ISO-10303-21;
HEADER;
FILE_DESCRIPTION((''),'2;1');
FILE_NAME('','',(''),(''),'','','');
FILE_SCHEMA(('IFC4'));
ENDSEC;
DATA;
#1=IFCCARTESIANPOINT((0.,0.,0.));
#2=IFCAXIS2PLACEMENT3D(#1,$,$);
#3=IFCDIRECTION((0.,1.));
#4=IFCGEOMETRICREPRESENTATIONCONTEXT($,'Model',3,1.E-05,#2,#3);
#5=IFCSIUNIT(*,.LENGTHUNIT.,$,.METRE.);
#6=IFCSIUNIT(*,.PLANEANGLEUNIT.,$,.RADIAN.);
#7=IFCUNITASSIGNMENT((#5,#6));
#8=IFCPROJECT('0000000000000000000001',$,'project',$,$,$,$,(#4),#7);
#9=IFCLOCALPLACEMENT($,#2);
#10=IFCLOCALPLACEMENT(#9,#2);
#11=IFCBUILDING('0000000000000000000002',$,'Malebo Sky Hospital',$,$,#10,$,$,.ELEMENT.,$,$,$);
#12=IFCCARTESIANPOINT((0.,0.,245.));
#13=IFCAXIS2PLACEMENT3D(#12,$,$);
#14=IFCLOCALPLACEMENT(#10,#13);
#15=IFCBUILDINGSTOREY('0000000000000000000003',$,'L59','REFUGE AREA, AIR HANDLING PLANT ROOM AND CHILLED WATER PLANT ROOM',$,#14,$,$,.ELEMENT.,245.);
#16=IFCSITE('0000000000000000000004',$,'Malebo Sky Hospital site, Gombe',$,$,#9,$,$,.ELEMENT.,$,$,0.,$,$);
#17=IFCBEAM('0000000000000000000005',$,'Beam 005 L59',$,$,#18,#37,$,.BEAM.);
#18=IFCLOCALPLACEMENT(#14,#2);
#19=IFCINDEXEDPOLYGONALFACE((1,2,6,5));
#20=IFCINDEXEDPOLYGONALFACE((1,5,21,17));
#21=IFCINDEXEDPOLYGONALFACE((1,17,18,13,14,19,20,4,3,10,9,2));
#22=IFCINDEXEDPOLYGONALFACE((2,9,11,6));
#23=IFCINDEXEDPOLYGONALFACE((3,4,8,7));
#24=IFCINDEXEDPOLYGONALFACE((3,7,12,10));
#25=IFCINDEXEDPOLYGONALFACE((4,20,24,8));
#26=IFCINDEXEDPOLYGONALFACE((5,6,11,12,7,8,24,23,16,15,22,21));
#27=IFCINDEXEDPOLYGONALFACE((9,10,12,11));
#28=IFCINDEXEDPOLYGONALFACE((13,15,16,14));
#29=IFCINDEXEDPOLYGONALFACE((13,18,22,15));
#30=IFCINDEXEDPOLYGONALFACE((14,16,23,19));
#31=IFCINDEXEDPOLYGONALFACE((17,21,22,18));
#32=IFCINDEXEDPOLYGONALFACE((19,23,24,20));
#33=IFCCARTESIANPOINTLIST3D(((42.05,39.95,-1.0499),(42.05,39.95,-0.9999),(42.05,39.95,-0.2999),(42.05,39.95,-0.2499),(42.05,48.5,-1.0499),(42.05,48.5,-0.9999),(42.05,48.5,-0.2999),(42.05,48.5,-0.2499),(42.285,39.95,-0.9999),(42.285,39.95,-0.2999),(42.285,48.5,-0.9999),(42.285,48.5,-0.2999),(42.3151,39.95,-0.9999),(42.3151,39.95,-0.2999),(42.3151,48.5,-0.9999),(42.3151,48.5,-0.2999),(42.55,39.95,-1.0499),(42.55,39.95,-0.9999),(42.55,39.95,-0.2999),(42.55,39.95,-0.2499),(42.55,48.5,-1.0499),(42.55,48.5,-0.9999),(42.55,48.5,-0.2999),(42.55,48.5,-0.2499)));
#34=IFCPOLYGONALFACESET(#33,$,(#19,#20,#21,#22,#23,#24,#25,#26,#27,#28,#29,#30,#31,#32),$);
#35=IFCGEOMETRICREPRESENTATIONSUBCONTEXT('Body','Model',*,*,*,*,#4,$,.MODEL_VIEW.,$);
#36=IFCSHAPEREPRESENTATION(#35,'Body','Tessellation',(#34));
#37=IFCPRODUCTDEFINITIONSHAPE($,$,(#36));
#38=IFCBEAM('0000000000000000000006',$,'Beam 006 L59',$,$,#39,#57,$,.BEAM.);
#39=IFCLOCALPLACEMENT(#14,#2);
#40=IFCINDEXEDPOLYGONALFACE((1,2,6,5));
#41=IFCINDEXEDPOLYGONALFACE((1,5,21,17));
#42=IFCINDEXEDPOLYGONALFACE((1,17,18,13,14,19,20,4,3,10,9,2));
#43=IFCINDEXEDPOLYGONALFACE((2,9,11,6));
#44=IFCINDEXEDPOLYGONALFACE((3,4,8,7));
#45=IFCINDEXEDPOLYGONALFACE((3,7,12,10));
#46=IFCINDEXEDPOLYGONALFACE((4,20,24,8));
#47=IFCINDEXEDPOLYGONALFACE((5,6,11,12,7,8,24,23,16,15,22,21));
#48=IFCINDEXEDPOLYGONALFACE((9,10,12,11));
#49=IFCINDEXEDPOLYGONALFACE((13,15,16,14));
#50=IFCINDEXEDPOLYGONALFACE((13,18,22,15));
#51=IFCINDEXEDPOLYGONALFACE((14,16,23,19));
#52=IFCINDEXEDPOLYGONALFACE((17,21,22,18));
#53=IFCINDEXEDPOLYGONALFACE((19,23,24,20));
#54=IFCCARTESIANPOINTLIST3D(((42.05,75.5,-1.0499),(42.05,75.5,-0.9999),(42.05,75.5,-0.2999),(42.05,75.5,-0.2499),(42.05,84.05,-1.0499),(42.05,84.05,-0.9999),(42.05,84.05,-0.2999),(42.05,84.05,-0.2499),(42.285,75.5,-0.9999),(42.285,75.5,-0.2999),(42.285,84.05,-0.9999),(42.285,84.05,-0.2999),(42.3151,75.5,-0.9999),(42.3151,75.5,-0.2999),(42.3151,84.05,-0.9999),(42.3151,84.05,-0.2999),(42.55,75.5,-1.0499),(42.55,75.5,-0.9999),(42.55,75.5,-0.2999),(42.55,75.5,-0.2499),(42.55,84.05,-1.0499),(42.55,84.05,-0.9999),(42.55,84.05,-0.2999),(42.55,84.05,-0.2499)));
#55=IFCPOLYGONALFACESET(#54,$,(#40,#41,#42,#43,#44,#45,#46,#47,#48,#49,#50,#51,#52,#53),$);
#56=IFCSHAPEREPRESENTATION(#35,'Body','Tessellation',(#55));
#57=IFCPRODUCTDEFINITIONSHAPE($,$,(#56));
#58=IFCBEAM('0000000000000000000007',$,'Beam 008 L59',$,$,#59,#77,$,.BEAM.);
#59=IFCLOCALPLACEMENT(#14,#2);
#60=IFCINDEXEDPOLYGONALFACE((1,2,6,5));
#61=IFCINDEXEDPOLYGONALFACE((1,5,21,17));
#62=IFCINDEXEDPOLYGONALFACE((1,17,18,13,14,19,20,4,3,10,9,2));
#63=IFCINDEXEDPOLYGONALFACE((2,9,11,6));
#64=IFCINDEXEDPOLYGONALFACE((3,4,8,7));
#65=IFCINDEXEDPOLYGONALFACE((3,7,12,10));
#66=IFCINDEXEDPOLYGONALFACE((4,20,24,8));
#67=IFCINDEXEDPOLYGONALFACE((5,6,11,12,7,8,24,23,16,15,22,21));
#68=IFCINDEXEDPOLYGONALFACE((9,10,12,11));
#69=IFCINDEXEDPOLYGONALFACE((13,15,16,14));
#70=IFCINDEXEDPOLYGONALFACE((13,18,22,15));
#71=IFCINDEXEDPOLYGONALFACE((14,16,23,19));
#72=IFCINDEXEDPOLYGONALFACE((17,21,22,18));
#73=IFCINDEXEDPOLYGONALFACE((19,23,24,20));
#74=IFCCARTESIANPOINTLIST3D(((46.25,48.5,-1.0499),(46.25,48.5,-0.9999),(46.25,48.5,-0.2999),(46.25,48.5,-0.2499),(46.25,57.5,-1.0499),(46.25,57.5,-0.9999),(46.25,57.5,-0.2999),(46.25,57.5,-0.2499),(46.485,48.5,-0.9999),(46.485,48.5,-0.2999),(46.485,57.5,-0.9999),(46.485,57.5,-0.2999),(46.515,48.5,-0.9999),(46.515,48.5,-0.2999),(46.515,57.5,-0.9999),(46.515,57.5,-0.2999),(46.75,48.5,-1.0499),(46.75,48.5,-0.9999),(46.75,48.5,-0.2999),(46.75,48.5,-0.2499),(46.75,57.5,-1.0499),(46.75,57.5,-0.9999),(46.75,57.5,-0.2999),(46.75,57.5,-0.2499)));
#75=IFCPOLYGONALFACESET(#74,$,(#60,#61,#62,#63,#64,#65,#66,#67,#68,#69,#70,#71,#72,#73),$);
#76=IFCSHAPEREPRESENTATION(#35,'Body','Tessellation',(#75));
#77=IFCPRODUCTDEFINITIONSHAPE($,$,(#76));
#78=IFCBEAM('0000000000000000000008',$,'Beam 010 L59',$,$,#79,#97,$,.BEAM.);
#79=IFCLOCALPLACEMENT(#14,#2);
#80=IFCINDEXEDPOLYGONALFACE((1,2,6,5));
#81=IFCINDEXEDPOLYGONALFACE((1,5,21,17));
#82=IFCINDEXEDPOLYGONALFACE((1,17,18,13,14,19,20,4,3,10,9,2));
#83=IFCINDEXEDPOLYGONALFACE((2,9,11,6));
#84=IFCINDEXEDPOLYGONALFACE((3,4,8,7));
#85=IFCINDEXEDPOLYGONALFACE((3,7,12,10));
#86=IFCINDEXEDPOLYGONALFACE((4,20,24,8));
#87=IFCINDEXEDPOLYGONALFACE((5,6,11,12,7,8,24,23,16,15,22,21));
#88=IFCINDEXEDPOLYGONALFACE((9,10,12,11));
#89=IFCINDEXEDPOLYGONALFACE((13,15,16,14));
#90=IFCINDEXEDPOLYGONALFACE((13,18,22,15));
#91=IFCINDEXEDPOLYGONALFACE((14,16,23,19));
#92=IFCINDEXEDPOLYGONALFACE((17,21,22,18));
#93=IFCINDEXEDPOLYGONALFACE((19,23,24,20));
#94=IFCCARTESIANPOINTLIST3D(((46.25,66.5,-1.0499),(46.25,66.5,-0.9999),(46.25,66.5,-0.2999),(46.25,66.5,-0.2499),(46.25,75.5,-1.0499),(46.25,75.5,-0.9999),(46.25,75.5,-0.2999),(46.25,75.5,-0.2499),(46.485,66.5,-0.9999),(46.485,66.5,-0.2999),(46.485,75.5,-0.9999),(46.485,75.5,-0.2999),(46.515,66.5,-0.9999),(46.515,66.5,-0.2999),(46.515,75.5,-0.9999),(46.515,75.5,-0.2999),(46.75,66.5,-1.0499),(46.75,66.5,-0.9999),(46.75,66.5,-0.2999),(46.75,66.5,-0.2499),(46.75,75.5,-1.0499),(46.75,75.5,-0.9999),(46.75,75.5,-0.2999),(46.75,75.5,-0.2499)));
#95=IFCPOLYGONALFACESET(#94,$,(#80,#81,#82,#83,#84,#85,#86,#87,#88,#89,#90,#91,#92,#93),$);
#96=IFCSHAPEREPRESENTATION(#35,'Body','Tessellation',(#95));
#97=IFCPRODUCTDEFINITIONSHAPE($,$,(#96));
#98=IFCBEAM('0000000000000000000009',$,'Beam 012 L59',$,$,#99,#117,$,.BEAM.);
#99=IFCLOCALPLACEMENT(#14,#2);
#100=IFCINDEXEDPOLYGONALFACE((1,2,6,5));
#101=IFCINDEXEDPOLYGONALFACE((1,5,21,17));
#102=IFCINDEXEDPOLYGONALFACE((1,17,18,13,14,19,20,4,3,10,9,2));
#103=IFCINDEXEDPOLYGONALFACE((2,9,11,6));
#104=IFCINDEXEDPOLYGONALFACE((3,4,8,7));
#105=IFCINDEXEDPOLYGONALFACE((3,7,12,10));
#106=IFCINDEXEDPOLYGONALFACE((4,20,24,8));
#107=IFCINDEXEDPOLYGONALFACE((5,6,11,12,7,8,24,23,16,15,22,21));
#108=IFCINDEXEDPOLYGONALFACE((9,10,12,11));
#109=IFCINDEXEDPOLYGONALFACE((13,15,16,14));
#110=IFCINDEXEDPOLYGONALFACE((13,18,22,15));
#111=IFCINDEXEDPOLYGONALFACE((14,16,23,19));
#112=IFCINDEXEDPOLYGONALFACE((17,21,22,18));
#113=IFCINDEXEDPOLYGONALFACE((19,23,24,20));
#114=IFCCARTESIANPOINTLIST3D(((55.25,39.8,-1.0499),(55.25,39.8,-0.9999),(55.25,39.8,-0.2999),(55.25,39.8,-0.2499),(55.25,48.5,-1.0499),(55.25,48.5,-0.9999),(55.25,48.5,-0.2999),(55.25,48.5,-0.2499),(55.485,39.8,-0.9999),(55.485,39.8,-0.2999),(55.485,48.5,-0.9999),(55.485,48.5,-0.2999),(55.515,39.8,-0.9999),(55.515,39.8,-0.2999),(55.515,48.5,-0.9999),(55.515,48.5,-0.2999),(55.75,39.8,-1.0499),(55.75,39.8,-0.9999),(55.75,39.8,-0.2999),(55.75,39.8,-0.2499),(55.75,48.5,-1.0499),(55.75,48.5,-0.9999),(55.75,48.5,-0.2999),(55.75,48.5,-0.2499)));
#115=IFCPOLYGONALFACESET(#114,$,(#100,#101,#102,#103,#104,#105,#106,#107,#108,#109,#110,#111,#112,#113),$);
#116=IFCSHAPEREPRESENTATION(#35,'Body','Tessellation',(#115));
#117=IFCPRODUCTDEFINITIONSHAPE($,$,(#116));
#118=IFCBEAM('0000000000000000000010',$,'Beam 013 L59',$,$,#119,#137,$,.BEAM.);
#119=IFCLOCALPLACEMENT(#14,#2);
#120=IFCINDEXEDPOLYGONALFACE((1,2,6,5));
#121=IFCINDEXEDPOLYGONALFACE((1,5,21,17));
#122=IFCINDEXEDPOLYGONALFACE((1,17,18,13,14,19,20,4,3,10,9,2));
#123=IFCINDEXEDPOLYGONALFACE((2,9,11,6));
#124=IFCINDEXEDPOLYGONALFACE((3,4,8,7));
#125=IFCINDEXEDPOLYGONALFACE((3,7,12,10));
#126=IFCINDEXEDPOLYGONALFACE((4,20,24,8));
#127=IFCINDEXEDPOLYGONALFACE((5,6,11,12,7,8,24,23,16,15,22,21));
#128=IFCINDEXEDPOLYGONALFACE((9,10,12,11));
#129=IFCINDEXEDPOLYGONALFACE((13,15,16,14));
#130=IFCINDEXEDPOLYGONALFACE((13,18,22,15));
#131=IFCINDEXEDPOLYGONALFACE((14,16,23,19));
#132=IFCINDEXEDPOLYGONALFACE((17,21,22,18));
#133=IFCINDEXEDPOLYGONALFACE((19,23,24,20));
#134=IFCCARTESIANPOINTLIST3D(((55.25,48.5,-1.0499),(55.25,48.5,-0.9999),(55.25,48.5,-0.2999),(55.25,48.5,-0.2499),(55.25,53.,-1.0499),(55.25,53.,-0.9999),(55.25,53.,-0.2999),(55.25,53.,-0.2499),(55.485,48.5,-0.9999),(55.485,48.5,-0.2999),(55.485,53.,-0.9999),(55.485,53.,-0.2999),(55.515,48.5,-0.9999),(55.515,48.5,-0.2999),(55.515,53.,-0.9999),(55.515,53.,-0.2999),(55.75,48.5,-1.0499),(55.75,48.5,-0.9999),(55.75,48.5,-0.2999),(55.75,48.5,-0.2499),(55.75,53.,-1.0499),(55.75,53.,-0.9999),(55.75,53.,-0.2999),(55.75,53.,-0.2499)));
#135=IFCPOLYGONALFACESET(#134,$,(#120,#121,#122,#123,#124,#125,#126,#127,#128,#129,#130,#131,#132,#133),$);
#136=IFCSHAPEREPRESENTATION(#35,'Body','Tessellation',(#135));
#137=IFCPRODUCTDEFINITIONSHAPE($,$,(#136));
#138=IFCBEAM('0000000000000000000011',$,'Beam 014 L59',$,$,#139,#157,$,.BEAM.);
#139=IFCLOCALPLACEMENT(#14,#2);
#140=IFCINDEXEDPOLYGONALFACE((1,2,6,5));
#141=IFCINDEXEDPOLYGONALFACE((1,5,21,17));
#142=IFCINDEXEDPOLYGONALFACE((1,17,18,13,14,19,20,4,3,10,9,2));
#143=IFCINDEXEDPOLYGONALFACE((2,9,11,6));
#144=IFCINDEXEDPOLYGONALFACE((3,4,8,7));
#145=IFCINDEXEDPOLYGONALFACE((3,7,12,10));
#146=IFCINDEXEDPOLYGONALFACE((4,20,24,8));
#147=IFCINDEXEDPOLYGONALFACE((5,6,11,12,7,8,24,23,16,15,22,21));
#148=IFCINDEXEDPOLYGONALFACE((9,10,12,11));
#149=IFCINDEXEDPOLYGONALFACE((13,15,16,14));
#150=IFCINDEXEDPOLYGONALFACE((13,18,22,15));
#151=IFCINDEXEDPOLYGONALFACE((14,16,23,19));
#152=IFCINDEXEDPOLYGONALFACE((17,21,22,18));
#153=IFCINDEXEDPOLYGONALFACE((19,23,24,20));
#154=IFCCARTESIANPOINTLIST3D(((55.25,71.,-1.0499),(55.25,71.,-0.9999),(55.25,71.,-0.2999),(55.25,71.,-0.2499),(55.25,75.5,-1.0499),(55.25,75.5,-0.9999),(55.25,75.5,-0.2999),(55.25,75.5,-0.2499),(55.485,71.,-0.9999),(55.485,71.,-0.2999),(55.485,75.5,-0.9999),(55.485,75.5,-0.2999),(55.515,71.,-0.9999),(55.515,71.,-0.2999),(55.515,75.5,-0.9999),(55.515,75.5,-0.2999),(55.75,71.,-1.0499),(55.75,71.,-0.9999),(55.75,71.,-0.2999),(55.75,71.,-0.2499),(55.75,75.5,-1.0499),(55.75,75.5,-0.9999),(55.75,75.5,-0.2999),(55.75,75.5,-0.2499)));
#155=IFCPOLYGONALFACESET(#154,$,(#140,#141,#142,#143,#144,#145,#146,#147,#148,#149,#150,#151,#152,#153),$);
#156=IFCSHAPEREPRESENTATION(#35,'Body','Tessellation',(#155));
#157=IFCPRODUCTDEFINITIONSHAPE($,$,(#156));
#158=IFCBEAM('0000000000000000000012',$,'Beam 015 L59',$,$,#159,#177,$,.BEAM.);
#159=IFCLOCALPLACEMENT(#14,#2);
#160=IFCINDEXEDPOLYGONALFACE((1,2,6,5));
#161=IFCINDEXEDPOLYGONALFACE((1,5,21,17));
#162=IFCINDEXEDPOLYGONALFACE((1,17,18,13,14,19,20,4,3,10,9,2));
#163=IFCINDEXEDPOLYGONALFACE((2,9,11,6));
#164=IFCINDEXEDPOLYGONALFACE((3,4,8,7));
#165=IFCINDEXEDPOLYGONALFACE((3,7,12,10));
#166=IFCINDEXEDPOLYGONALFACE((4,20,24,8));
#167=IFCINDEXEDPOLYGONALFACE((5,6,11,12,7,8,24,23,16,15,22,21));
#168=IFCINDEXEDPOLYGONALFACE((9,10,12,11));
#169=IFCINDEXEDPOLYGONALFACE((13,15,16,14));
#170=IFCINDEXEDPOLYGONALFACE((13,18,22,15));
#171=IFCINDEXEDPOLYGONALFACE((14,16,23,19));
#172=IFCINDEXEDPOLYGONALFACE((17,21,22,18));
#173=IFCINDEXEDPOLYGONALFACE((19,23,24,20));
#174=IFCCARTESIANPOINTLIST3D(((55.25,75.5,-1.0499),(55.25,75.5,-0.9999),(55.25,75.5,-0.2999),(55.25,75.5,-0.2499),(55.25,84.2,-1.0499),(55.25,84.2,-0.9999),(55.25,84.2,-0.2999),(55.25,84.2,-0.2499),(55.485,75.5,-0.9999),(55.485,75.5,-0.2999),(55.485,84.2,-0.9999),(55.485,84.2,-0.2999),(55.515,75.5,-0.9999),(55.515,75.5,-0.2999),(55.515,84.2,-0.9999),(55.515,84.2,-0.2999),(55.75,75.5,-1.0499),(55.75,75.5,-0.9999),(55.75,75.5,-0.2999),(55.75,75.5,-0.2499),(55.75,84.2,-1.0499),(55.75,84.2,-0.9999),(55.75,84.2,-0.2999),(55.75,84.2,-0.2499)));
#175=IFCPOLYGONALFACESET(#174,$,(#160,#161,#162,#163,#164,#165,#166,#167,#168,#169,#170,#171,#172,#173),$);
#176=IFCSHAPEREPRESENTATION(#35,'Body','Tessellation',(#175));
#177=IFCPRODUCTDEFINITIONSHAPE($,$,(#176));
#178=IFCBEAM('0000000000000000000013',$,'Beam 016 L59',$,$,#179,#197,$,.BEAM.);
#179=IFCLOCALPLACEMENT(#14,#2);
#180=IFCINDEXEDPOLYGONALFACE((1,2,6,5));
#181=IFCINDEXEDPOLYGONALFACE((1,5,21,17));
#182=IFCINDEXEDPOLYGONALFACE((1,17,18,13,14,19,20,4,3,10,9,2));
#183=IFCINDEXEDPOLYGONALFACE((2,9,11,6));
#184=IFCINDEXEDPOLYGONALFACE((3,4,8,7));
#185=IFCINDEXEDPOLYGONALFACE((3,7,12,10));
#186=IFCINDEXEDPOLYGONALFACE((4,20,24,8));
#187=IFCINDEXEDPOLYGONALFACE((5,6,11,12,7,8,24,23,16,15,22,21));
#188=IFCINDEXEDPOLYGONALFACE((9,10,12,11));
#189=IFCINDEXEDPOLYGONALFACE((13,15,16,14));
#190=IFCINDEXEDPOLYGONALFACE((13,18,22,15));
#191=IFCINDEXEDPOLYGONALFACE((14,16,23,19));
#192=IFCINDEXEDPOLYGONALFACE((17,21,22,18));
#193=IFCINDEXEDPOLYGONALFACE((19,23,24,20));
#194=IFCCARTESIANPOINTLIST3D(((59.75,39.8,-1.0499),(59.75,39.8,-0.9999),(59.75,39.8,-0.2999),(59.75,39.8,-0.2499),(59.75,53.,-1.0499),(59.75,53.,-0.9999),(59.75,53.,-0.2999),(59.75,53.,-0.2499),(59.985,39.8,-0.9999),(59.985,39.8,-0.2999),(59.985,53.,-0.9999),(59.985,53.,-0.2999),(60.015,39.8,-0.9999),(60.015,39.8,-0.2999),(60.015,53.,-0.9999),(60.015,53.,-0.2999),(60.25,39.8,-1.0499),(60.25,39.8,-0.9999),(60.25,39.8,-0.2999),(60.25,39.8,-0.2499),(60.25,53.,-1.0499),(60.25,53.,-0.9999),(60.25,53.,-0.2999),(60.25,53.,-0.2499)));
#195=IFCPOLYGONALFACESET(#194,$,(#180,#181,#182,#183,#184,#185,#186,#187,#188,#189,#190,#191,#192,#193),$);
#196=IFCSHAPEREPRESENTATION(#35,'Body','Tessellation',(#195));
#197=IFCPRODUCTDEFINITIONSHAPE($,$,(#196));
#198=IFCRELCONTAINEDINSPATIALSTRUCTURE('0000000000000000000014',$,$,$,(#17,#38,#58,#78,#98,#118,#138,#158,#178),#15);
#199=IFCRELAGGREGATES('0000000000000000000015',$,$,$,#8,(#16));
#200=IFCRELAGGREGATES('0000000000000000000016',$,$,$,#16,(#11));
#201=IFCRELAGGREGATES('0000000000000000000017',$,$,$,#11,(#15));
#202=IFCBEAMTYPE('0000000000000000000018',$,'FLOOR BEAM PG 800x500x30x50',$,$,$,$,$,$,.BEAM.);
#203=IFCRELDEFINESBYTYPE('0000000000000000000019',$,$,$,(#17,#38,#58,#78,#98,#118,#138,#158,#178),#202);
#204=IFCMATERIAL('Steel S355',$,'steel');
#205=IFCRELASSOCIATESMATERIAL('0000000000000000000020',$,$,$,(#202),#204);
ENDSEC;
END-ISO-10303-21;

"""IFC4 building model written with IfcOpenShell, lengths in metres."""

from ifc_helpers import new_model, si_unit, direction, frame, origin, origin_2d, place, context, subcontext, project, spatial, i_section, extrude, material, material_profile, profile_set, type_object, element, save


model = new_model("IFC4")

# Units and contexts
model_context = context("Model", 3, precision=1e-05, world=origin(), true_north=direction((0.0, 1.0)))
body_context = subcontext(model_context, "Body", "Model", "MODEL_VIEW")
ifc_project = project(units=[si_unit("LENGTHUNIT", "METRE"), si_unit("PLANEANGLEUNIT", "RADIAN")], contexts=[model_context])

# Site, building, storey
site_placement = place(None, origin())
site = spatial("IfcSite", under=ifc_project, at=site_placement, Name="Malebo Sky Hospital site, Gombe", CompositionType="ELEMENT", RefElevation=0.0)
building_placement = place(site_placement, origin())
building = spatial("IfcBuilding", under=site, at=building_placement, Name="Malebo Sky Hospital", CompositionType="ELEMENT")
storey_placement = place(building_placement, frame((0.0, 0.0, 245.0)))
storey = spatial("IfcBuildingStorey", under=building, at=storey_placement, Name="L59", Description="REFUGE AREA, AIR HANDLING PLANT ROOM AND CHILLED WATER PLANT ROOM", CompositionType="ELEMENT", Elevation=245.0)

# Beams
ifc_material = material(Name="Steel S355", Category="steel")
ifc_material_profile_1 = material_profile(ifc_material, i_section(OverallWidth=0.5, OverallDepth=0.8, WebThickness=0.03, FlangeThickness=0.05, at=origin_2d()), Name="PG 800x500x30x50")
ifc_profile_set_1 = profile_set([ifc_material_profile_1], Name="Steel S355")
beam_type_1 = type_object("IfcBeamType", Name="FLOOR BEAM PG 800x500x30x50", PredefinedType="BEAM", material=ifc_profile_set_1)
for number, where, z_axis, x_axis, name in (
    (1, (42.3, 39.95, -0.6499), (0.0, 1.0, 0.0), (-1.0, 0.0, 0.0), "Beam 005 L59"),
    (2, (42.3, 75.5, -0.6499), (0.0, 1.0, 0.0), (-1.0, 0.0, 0.0), "Beam 006 L59"),
):
    element("IfcBeam", number, at=place(storey_placement, frame(where, z_axis=z_axis, x_axis=x_axis)), inside=storey, type_object=beam_type_1, Name=name, PredefinedType="BEAM", context=body_context, shape_type="SweptSolid", body=[
        extrude(i_section(OverallWidth=0.5, OverallDepth=0.8, WebThickness=0.03, FlangeThickness=0.05, at=origin_2d()), origin(), (0.0, 0.0, 1.0), 8.55),
    ])
for number, where, z_axis, x_axis, name in (
    (3, (46.5, 48.5, -0.6499), (0.0, 1.0, 0.0), (-1.0, 0.0, 0.0), "Beam 008 L59"),
    (4, (46.5, 66.5, -0.6499), (0.0, 1.0, 0.0), (-1.0, 0.0, 0.0), "Beam 010 L59"),
):
    element("IfcBeam", number, at=place(storey_placement, frame(where, z_axis=z_axis, x_axis=x_axis)), inside=storey, type_object=beam_type_1, Name=name, PredefinedType="BEAM", context=body_context, shape_type="SweptSolid", body=[
        extrude(i_section(OverallWidth=0.5, OverallDepth=0.8, WebThickness=0.03, FlangeThickness=0.05, at=origin_2d()), origin(), (0.0, 0.0, 1.0), 9.0),
    ])
beam_1_placement = place(storey_placement, frame((55.5, 39.8, -0.6499), z_axis=(0.0, 1.0, 0.0), x_axis=(-1.0, 0.0, 0.0)))
element("IfcBeam", 5, at=beam_1_placement, inside=storey, type_object=beam_type_1, Name="Beam 012 L59", PredefinedType="BEAM", context=body_context, shape_type="SweptSolid", body=[
    extrude(i_section(OverallWidth=0.5, OverallDepth=0.8, WebThickness=0.03, FlangeThickness=0.05, at=origin_2d()), origin(), (0.0, 0.0, 1.0), 8.7),
])
for number, where, z_axis, x_axis, name in (
    (6, (55.5, 48.5, -0.6499), (0.0, 1.0, 0.0), (-1.0, 0.0, 0.0), "Beam 013 L59"),
    (7, (55.5, 71.0, -0.6499), (0.0, 1.0, 0.0), (-1.0, 0.0, 0.0), "Beam 014 L59"),
):
    element("IfcBeam", number, at=place(storey_placement, frame(where, z_axis=z_axis, x_axis=x_axis)), inside=storey, type_object=beam_type_1, Name=name, PredefinedType="BEAM", context=body_context, shape_type="SweptSolid", body=[
        extrude(i_section(OverallWidth=0.5, OverallDepth=0.8, WebThickness=0.03, FlangeThickness=0.05, at=origin_2d()), origin(), (0.0, 0.0, 1.0), 4.5),
    ])
beam_2_placement = place(storey_placement, frame((55.5, 75.5, -0.6499), z_axis=(0.0, 1.0, 0.0), x_axis=(-1.0, 0.0, 0.0)))
element("IfcBeam", 8, at=beam_2_placement, inside=storey, type_object=beam_type_1, Name="Beam 015 L59", PredefinedType="BEAM", context=body_context, shape_type="SweptSolid", body=[
    extrude(i_section(OverallWidth=0.5, OverallDepth=0.8, WebThickness=0.03, FlangeThickness=0.05, at=origin_2d()), origin(), (0.0, 0.0, 1.0), 8.7),
])
for number, where, z_axis, x_axis, name in (
    (9, (60.0, 39.8, -0.6499), (0.0, 1.0, 0.0), (-1.0, 0.0, 0.0), "Beam 016 L59"),
):
    element("IfcBeam", number, at=place(storey_placement, frame(where, z_axis=z_axis, x_axis=x_axis)), inside=storey, type_object=beam_type_1, Name=name, PredefinedType="BEAM", context=body_context, shape_type="SweptSolid", body=[
        extrude(i_section(OverallWidth=0.5, OverallDepth=0.8, WebThickness=0.03, FlangeThickness=0.05, at=origin_2d()), origin(), (0.0, 0.0, 1.0), 13.2),
    ])

save(model, "model.ifc")
